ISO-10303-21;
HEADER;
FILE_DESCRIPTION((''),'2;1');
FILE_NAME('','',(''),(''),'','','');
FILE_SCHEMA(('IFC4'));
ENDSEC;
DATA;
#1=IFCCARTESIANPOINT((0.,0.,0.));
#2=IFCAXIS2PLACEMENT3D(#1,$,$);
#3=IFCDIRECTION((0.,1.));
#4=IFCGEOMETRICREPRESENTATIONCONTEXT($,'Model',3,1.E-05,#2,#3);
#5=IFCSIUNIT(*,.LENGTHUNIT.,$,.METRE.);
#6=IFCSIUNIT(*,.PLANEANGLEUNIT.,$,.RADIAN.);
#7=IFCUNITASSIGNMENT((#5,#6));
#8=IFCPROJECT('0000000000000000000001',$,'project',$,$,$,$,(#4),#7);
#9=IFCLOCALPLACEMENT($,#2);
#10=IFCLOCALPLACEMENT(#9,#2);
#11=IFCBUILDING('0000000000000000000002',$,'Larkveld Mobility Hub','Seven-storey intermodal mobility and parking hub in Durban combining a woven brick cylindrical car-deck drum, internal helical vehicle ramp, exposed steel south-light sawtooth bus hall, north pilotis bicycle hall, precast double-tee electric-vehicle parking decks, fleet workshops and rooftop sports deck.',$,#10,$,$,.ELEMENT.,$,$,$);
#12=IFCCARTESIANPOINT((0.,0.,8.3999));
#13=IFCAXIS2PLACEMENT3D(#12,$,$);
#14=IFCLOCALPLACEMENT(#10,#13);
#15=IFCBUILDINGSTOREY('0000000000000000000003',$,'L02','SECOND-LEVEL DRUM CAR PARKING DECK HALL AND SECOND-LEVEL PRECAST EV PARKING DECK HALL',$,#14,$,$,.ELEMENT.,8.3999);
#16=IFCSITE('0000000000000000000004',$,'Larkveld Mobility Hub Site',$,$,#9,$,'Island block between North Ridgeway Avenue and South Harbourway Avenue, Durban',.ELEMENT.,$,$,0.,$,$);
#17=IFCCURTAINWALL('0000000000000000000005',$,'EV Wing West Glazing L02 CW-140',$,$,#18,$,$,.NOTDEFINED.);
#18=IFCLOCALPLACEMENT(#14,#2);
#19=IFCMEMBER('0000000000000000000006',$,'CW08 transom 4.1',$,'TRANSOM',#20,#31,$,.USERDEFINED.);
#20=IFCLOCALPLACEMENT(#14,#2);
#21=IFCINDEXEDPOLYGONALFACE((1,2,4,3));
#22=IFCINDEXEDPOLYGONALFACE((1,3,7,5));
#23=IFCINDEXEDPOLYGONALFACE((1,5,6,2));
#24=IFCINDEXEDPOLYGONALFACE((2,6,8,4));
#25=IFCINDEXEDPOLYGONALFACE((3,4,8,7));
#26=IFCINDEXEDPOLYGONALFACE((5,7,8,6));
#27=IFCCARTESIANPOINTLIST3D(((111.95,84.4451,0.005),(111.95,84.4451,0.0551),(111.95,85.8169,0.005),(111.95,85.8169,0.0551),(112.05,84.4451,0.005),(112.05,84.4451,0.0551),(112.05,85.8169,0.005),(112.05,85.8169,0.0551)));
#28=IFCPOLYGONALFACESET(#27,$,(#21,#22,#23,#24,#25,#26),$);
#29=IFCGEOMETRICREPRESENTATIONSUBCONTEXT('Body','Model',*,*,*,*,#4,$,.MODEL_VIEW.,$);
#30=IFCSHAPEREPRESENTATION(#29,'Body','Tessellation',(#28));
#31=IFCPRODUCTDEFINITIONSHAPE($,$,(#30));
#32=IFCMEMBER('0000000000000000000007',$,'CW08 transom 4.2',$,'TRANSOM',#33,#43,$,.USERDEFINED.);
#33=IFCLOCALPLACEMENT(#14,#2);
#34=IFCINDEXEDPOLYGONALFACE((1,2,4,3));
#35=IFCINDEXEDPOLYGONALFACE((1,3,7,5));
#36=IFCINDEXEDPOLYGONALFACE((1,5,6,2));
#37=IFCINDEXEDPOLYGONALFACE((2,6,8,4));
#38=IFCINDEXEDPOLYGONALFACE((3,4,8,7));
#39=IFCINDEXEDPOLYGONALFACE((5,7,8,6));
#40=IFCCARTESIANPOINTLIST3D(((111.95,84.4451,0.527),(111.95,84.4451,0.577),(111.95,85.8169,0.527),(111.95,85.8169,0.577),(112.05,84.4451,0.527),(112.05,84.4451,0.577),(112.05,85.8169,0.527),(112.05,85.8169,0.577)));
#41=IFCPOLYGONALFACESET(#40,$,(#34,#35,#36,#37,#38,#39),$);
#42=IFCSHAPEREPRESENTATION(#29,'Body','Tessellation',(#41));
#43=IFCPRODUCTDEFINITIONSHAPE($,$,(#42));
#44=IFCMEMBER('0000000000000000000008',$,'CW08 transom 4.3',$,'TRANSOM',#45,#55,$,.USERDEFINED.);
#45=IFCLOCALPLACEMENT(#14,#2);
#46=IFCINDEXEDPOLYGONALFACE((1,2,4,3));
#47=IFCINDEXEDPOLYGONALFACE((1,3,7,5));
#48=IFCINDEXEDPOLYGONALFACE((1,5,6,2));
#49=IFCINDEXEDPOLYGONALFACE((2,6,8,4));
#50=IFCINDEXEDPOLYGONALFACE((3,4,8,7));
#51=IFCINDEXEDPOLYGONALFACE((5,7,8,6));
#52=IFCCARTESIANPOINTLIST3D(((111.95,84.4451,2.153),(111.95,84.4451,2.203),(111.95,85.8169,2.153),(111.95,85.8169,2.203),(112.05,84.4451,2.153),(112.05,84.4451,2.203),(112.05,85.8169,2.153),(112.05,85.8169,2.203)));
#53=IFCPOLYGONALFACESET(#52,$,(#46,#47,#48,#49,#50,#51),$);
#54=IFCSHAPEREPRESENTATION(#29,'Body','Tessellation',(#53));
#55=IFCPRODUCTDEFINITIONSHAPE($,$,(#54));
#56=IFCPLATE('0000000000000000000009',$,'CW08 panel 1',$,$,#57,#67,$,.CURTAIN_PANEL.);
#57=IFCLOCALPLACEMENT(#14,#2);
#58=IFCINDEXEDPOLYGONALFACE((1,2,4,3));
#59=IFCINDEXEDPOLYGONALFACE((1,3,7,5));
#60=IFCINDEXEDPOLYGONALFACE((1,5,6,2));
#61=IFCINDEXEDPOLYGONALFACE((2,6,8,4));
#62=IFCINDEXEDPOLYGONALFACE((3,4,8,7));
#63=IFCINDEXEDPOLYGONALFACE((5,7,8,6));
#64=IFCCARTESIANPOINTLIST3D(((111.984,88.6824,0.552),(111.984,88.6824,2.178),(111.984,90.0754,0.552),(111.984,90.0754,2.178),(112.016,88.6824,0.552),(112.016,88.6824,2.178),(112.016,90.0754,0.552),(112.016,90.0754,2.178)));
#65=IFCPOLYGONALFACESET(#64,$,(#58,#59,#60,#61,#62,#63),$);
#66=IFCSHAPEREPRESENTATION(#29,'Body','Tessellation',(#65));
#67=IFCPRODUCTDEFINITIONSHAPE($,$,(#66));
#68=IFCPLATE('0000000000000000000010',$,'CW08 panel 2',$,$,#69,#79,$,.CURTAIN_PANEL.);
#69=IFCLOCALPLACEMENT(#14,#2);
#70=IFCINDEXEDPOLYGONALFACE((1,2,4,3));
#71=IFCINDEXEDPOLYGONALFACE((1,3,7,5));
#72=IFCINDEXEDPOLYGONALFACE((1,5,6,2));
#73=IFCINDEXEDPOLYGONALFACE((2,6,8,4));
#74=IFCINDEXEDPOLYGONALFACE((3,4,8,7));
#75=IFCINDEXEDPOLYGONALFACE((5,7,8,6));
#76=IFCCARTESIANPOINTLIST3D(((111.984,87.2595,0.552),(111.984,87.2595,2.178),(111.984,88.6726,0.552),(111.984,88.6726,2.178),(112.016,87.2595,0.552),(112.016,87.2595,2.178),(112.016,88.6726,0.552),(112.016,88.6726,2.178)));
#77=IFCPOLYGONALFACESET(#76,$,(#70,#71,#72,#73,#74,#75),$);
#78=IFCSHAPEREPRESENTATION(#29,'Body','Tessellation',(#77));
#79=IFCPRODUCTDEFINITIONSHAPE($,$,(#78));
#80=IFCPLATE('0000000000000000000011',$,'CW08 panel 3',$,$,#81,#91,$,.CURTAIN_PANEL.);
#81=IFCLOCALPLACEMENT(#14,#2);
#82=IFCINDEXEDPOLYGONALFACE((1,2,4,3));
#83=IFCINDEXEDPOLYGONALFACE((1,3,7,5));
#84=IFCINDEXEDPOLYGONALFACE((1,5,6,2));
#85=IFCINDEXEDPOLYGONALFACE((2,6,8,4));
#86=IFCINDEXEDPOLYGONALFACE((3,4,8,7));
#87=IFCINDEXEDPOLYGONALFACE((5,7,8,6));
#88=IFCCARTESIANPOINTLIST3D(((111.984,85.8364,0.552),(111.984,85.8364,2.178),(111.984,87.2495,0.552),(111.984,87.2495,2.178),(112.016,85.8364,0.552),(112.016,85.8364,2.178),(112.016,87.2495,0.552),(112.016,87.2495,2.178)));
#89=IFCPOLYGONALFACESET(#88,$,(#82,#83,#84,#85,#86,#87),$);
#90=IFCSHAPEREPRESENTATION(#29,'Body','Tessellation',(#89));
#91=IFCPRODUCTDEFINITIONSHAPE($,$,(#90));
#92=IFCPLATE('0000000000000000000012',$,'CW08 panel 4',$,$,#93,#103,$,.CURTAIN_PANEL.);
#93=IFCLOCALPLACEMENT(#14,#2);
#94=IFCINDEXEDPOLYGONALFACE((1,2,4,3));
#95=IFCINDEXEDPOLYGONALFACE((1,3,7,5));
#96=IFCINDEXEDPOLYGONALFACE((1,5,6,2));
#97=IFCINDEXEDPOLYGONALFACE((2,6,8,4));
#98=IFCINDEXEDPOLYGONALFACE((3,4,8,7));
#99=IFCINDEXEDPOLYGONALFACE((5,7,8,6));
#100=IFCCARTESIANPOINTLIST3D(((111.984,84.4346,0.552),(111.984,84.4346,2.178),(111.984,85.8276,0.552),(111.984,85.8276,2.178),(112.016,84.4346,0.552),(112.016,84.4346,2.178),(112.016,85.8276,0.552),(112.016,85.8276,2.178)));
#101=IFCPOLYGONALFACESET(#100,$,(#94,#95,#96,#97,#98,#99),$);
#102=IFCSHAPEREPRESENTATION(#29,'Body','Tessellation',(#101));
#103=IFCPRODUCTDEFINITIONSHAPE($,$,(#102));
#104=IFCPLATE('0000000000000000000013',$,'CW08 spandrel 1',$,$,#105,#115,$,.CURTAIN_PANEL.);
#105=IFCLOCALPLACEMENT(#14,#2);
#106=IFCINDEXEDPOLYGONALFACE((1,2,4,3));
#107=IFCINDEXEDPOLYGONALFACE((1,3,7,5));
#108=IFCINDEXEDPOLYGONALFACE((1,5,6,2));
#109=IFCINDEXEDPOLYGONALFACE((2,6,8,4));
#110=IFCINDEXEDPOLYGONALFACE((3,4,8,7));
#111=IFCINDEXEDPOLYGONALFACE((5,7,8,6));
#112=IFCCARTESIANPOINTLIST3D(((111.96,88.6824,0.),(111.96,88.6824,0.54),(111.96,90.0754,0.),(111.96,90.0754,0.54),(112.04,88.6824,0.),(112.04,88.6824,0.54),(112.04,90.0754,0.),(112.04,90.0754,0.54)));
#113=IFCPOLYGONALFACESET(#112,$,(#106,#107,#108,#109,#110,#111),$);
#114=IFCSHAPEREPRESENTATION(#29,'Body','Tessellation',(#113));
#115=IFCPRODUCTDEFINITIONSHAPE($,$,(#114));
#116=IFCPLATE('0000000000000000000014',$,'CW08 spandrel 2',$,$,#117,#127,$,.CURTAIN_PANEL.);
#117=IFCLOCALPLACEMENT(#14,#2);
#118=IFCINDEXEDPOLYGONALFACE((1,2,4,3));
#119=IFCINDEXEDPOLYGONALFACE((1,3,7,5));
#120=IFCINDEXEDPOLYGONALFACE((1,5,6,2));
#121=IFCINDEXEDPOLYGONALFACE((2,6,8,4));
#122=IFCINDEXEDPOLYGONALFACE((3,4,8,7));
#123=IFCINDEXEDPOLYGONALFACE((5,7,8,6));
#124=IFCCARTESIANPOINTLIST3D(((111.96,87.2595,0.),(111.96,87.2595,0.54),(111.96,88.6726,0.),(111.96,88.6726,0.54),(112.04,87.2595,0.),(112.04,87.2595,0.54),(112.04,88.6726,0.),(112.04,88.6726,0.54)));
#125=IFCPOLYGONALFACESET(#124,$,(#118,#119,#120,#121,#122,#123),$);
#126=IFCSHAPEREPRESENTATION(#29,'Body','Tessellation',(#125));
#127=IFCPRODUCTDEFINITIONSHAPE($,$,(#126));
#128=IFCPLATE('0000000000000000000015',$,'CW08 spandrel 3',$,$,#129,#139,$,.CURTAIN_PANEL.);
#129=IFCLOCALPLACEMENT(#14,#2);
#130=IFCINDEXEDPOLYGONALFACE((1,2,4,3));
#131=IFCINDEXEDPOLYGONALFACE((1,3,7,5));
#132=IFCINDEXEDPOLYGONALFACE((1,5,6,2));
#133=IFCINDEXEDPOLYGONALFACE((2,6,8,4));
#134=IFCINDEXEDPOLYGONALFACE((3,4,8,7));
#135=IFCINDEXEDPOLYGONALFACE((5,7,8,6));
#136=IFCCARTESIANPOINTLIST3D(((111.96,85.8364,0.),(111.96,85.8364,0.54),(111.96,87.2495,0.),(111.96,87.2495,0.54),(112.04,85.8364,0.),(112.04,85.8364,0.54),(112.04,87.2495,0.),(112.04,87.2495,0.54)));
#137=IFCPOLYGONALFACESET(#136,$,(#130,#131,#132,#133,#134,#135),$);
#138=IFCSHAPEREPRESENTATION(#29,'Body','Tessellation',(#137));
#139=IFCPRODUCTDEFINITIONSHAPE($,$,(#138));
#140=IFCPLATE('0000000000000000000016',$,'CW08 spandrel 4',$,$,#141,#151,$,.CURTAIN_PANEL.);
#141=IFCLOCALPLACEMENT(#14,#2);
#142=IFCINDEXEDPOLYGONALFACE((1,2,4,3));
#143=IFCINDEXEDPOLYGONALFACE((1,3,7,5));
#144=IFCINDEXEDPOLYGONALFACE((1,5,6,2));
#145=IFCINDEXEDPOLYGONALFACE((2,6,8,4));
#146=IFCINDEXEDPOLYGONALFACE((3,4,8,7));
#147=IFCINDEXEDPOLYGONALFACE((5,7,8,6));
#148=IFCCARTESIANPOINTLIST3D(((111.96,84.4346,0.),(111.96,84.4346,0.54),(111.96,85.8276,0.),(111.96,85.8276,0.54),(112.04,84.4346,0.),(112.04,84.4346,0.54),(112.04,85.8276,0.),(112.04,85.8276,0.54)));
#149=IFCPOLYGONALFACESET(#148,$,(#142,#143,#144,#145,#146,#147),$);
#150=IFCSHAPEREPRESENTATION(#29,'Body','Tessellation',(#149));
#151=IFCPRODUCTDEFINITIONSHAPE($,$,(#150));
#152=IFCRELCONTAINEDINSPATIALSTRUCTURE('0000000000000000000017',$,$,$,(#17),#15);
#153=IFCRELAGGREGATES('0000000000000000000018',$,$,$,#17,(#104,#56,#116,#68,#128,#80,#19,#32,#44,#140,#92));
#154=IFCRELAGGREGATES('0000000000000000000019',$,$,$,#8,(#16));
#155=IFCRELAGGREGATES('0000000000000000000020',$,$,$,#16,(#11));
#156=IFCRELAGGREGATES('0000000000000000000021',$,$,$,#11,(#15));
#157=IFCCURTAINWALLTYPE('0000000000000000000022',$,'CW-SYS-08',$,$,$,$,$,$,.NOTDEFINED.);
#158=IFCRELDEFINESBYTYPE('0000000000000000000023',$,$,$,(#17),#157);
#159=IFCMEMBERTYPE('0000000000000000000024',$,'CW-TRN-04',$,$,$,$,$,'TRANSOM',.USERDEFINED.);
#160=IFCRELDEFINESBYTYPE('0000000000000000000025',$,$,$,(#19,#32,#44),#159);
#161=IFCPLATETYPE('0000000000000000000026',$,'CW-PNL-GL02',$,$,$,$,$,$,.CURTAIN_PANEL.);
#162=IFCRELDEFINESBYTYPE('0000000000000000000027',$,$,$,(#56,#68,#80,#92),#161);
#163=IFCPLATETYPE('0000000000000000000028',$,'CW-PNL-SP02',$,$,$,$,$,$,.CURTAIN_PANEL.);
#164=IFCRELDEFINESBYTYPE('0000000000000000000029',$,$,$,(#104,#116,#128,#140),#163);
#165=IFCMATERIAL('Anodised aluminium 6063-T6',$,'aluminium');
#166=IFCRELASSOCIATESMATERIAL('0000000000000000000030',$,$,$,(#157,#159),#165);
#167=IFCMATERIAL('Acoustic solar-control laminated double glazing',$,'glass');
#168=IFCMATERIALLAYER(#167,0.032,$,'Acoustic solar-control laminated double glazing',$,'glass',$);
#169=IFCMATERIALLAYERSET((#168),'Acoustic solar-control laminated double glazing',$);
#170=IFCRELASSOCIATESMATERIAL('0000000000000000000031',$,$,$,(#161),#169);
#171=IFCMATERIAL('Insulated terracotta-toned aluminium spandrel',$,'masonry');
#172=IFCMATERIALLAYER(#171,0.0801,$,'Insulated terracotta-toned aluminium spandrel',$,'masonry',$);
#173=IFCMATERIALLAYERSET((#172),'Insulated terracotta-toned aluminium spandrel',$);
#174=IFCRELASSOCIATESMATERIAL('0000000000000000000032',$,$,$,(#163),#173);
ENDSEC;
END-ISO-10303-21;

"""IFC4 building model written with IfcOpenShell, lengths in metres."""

from ifc_helpers import new_model, si_unit, direction, frame, origin, origin_2d, place, context, subcontext, project, spatial, rectangle, extrude, material, layer, layer_set, material_profile, profile_set, type_object, element, aggregate, save


model = new_model("IFC4")

# Units and contexts
model_context = context("Model", 3, precision=1e-05, world=origin(), true_north=direction((0.0, 1.0)))
body_context = subcontext(model_context, "Body", "Model", "MODEL_VIEW")
ifc_project = project(units=[si_unit("LENGTHUNIT", "METRE"), si_unit("PLANEANGLEUNIT", "RADIAN")], contexts=[model_context])

# Site, building, storey
site_placement = place(None, origin())
site = spatial("IfcSite", under=ifc_project, at=site_placement, Name="Larkveld Mobility Hub Site", LongName="Island block between North Ridgeway Avenue and South Harbourway Avenue, Durban", CompositionType="ELEMENT", RefElevation=0.0)
building_placement = place(site_placement, origin())
building = spatial("IfcBuilding", under=site, at=building_placement, Name="Larkveld Mobility Hub", Description="Seven-storey intermodal mobility and parking hub in Durban combining a woven brick cylindrical car-deck drum, internal helical vehicle ramp, exposed steel south-light sawtooth bus hall, north pilotis bicycle hall, precast double-tee electric-vehicle parking decks, fleet workshops and rooftop sports deck.", CompositionType="ELEMENT")
storey_placement = place(building_placement, frame((0.0, 0.0, 8.3999)))
storey = spatial("IfcBuildingStorey", under=building, at=storey_placement, Name="L02", Description="SECOND-LEVEL DRUM CAR PARKING DECK HALL AND SECOND-LEVEL PRECAST EV PARKING DECK HALL", CompositionType="ELEMENT", Elevation=8.3999)

# Curtain wall, members, plates
ifc_material_1 = material(Name="Anodised aluminium 6063-T6", Category="aluminium")
curtain_wall_type = type_object("IfcCurtainWallType", Name="CW-SYS-08", PredefinedType="NOTDEFINED", material=ifc_material_1)
curtain_wall_placement = place(storey_placement, origin())
curtain_wall = element("IfcCurtainWall", 1, at=curtain_wall_placement, inside=storey, type_object=curtain_wall_type, Name="EV Wing West Glazing L02 CW-140", PredefinedType="NOTDEFINED")
ifc_material_profile_1 = material_profile(ifc_material_1, rectangle(XDim=0.1001, YDim=0.05, at=origin_2d()), Name="ALU TRAN 50x100")
ifc_profile_set_1 = profile_set([ifc_material_profile_1], Name="Anodised aluminium 6063-T6")
member_type_1 = type_object("IfcMemberType", Name="CW-TRN-04", ElementType="TRANSOM", PredefinedType="USERDEFINED", material=ifc_profile_set_1)
member_1_placement = place(storey_placement, frame((112.0, 85.8169, 0.03), z_axis=(0.0, -1.0, 0.0), x_axis=(1.0, 0.0, 0.0)))
member_1 = element("IfcMember", 2, at=member_1_placement, type_object=member_type_1, Name="CW08 transom 4.1", ObjectType="TRANSOM", PredefinedType="USERDEFINED", context=body_context, shape_type="SweptSolid", body=[
    extrude(rectangle(XDim=0.1001, YDim=0.05, at=origin_2d()), origin(), (0.0, 0.0, 1.0), 1.3718),
])
member_2_placement = place(storey_placement, frame((112.0, 85.8169, 0.552), z_axis=(0.0, -1.0, 0.0), x_axis=(1.0, 0.0, 0.0)))
member_2 = element("IfcMember", 3, at=member_2_placement, type_object=member_type_1, Name="CW08 transom 4.2", ObjectType="TRANSOM", PredefinedType="USERDEFINED", context=body_context, shape_type="SweptSolid", body=[
    extrude(rectangle(XDim=0.1001, YDim=0.05, at=origin_2d()), origin(), (0.0, 0.0, 1.0), 1.3718),
])
member_3_placement = place(storey_placement, frame((112.0, 85.8169, 2.178), z_axis=(0.0, -1.0, 0.0), x_axis=(1.0, 0.0, 0.0)))
member_3 = element("IfcMember", 4, at=member_3_placement, type_object=member_type_1, Name="CW08 transom 4.3", ObjectType="TRANSOM", PredefinedType="USERDEFINED", context=body_context, shape_type="SweptSolid", body=[
    extrude(rectangle(XDim=0.1001, YDim=0.05, at=origin_2d()), origin(), (0.0, 0.0, 1.0), 1.3718),
])
ifc_material_2 = material(Name="Acoustic solar-control laminated double glazing", Category="glass")
ifc_layer_1 = layer(ifc_material_2, 0.032, Name="Acoustic solar-control laminated double glazing", Category="glass")
ifc_layer_set_1 = layer_set([ifc_layer_1], Name="Acoustic solar-control laminated double glazing")
plate_type_1 = type_object("IfcPlateType", Name="CW-PNL-GL02", PredefinedType="CURTAIN_PANEL", material=ifc_layer_set_1)
plate_1_placement = place(storey_placement, frame((112.0, 89.3789, 0.552), z_axis=(0.0, 0.0, 1.0), x_axis=(0.0, -1.0, 0.0)))
plate_1 = element("IfcPlate", 5, at=plate_1_placement, type_object=plate_type_1, Name="CW08 panel 1", PredefinedType="CURTAIN_PANEL", context=body_context, shape_type="SweptSolid", body=[
    extrude(rectangle(XDim=1.3931, YDim=0.032, at=origin_2d()), origin(), (0.0, 0.0, 1.0), 1.626),
])
plate_2_placement = place(storey_placement, frame((112.0, 87.9661, 0.552), z_axis=(0.0, 0.0, 1.0), x_axis=(0.0, -1.0, 0.0)))
plate_2 = element("IfcPlate", 6, at=plate_2_placement, type_object=plate_type_1, Name="CW08 panel 2", PredefinedType="CURTAIN_PANEL", context=body_context, shape_type="SweptSolid", body=[
    extrude(rectangle(XDim=1.4131, YDim=0.032, at=origin_2d()), origin(), (0.0, 0.0, 1.0), 1.626),
])
plate_3_placement = place(storey_placement, frame((112.0, 86.543, 0.552), z_axis=(0.0, 0.0, 1.0), x_axis=(0.0, -1.0, 0.0)))
plate_3 = element("IfcPlate", 7, at=plate_3_placement, type_object=plate_type_1, Name="CW08 panel 3", PredefinedType="CURTAIN_PANEL", context=body_context, shape_type="SweptSolid", body=[
    extrude(rectangle(XDim=1.4131, YDim=0.032, at=origin_2d()), origin(), (0.0, 0.0, 1.0), 1.626),
])
plate_4_placement = place(storey_placement, frame((112.0, 85.1311, 0.552), z_axis=(0.0, 0.0, 1.0), x_axis=(0.0, -1.0, 0.0)))
plate_4 = element("IfcPlate", 8, at=plate_4_placement, type_object=plate_type_1, Name="CW08 panel 4", PredefinedType="CURTAIN_PANEL", context=body_context, shape_type="SweptSolid", body=[
    extrude(rectangle(XDim=1.3931, YDim=0.032, at=origin_2d()), origin(), (0.0, 0.0, 1.0), 1.626),
])
ifc_material_3 = material(Name="Insulated terracotta-toned aluminium spandrel", Category="masonry")
ifc_layer_2 = layer(ifc_material_3, 0.0801, Name="Insulated terracotta-toned aluminium spandrel", Category="masonry")
ifc_layer_set_2 = layer_set([ifc_layer_2], Name="Insulated terracotta-toned aluminium spandrel")
plate_type_2 = type_object("IfcPlateType", Name="CW-PNL-SP02", PredefinedType="CURTAIN_PANEL", material=ifc_layer_set_2)
plate_5_placement = place(storey_placement, frame((112.0, 89.3789, 0.0), z_axis=(0.0, 0.0, 1.0), x_axis=(0.0, -1.0, 0.0)))
plate_5 = element("IfcPlate", 9, at=plate_5_placement, type_object=plate_type_2, Name="CW08 spandrel 1", PredefinedType="CURTAIN_PANEL", context=body_context, shape_type="SweptSolid", body=[
    extrude(rectangle(XDim=1.3931, YDim=0.0801, at=origin_2d()), origin(), (0.0, 0.0, 1.0), 0.54),
])
plate_6_placement = place(storey_placement, frame((112.0, 87.9661, 0.0), z_axis=(0.0, 0.0, 1.0), x_axis=(0.0, -1.0, 0.0)))
plate_6 = element("IfcPlate", 10, at=plate_6_placement, type_object=plate_type_2, Name="CW08 spandrel 2", PredefinedType="CURTAIN_PANEL", context=body_context, shape_type="SweptSolid", body=[
    extrude(rectangle(XDim=1.4131, YDim=0.0801, at=origin_2d()), origin(), (0.0, 0.0, 1.0), 0.54),
])
plate_7_placement = place(storey_placement, frame((112.0, 86.543, 0.0), z_axis=(0.0, 0.0, 1.0), x_axis=(0.0, -1.0, 0.0)))
plate_7 = element("IfcPlate", 11, at=plate_7_placement, type_object=plate_type_2, Name="CW08 spandrel 3", PredefinedType="CURTAIN_PANEL", context=body_context, shape_type="SweptSolid", body=[
    extrude(rectangle(XDim=1.4131, YDim=0.0801, at=origin_2d()), origin(), (0.0, 0.0, 1.0), 0.54),
])
plate_8_placement = place(storey_placement, frame((112.0, 85.1311, 0.0), z_axis=(0.0, 0.0, 1.0), x_axis=(0.0, -1.0, 0.0)))
plate_8 = element("IfcPlate", 12, at=plate_8_placement, type_object=plate_type_2, Name="CW08 spandrel 4", PredefinedType="CURTAIN_PANEL", context=body_context, shape_type="SweptSolid", body=[
    extrude(rectangle(XDim=1.3931, YDim=0.0801, at=origin_2d()), origin(), (0.0, 0.0, 1.0), 0.54),
])
aggregate(curtain_wall, [plate_5, plate_1, plate_6, plate_2, plate_7, plate_3, member_1, member_2, member_3, plate_8, plate_4])

save(model, "model.ifc")
